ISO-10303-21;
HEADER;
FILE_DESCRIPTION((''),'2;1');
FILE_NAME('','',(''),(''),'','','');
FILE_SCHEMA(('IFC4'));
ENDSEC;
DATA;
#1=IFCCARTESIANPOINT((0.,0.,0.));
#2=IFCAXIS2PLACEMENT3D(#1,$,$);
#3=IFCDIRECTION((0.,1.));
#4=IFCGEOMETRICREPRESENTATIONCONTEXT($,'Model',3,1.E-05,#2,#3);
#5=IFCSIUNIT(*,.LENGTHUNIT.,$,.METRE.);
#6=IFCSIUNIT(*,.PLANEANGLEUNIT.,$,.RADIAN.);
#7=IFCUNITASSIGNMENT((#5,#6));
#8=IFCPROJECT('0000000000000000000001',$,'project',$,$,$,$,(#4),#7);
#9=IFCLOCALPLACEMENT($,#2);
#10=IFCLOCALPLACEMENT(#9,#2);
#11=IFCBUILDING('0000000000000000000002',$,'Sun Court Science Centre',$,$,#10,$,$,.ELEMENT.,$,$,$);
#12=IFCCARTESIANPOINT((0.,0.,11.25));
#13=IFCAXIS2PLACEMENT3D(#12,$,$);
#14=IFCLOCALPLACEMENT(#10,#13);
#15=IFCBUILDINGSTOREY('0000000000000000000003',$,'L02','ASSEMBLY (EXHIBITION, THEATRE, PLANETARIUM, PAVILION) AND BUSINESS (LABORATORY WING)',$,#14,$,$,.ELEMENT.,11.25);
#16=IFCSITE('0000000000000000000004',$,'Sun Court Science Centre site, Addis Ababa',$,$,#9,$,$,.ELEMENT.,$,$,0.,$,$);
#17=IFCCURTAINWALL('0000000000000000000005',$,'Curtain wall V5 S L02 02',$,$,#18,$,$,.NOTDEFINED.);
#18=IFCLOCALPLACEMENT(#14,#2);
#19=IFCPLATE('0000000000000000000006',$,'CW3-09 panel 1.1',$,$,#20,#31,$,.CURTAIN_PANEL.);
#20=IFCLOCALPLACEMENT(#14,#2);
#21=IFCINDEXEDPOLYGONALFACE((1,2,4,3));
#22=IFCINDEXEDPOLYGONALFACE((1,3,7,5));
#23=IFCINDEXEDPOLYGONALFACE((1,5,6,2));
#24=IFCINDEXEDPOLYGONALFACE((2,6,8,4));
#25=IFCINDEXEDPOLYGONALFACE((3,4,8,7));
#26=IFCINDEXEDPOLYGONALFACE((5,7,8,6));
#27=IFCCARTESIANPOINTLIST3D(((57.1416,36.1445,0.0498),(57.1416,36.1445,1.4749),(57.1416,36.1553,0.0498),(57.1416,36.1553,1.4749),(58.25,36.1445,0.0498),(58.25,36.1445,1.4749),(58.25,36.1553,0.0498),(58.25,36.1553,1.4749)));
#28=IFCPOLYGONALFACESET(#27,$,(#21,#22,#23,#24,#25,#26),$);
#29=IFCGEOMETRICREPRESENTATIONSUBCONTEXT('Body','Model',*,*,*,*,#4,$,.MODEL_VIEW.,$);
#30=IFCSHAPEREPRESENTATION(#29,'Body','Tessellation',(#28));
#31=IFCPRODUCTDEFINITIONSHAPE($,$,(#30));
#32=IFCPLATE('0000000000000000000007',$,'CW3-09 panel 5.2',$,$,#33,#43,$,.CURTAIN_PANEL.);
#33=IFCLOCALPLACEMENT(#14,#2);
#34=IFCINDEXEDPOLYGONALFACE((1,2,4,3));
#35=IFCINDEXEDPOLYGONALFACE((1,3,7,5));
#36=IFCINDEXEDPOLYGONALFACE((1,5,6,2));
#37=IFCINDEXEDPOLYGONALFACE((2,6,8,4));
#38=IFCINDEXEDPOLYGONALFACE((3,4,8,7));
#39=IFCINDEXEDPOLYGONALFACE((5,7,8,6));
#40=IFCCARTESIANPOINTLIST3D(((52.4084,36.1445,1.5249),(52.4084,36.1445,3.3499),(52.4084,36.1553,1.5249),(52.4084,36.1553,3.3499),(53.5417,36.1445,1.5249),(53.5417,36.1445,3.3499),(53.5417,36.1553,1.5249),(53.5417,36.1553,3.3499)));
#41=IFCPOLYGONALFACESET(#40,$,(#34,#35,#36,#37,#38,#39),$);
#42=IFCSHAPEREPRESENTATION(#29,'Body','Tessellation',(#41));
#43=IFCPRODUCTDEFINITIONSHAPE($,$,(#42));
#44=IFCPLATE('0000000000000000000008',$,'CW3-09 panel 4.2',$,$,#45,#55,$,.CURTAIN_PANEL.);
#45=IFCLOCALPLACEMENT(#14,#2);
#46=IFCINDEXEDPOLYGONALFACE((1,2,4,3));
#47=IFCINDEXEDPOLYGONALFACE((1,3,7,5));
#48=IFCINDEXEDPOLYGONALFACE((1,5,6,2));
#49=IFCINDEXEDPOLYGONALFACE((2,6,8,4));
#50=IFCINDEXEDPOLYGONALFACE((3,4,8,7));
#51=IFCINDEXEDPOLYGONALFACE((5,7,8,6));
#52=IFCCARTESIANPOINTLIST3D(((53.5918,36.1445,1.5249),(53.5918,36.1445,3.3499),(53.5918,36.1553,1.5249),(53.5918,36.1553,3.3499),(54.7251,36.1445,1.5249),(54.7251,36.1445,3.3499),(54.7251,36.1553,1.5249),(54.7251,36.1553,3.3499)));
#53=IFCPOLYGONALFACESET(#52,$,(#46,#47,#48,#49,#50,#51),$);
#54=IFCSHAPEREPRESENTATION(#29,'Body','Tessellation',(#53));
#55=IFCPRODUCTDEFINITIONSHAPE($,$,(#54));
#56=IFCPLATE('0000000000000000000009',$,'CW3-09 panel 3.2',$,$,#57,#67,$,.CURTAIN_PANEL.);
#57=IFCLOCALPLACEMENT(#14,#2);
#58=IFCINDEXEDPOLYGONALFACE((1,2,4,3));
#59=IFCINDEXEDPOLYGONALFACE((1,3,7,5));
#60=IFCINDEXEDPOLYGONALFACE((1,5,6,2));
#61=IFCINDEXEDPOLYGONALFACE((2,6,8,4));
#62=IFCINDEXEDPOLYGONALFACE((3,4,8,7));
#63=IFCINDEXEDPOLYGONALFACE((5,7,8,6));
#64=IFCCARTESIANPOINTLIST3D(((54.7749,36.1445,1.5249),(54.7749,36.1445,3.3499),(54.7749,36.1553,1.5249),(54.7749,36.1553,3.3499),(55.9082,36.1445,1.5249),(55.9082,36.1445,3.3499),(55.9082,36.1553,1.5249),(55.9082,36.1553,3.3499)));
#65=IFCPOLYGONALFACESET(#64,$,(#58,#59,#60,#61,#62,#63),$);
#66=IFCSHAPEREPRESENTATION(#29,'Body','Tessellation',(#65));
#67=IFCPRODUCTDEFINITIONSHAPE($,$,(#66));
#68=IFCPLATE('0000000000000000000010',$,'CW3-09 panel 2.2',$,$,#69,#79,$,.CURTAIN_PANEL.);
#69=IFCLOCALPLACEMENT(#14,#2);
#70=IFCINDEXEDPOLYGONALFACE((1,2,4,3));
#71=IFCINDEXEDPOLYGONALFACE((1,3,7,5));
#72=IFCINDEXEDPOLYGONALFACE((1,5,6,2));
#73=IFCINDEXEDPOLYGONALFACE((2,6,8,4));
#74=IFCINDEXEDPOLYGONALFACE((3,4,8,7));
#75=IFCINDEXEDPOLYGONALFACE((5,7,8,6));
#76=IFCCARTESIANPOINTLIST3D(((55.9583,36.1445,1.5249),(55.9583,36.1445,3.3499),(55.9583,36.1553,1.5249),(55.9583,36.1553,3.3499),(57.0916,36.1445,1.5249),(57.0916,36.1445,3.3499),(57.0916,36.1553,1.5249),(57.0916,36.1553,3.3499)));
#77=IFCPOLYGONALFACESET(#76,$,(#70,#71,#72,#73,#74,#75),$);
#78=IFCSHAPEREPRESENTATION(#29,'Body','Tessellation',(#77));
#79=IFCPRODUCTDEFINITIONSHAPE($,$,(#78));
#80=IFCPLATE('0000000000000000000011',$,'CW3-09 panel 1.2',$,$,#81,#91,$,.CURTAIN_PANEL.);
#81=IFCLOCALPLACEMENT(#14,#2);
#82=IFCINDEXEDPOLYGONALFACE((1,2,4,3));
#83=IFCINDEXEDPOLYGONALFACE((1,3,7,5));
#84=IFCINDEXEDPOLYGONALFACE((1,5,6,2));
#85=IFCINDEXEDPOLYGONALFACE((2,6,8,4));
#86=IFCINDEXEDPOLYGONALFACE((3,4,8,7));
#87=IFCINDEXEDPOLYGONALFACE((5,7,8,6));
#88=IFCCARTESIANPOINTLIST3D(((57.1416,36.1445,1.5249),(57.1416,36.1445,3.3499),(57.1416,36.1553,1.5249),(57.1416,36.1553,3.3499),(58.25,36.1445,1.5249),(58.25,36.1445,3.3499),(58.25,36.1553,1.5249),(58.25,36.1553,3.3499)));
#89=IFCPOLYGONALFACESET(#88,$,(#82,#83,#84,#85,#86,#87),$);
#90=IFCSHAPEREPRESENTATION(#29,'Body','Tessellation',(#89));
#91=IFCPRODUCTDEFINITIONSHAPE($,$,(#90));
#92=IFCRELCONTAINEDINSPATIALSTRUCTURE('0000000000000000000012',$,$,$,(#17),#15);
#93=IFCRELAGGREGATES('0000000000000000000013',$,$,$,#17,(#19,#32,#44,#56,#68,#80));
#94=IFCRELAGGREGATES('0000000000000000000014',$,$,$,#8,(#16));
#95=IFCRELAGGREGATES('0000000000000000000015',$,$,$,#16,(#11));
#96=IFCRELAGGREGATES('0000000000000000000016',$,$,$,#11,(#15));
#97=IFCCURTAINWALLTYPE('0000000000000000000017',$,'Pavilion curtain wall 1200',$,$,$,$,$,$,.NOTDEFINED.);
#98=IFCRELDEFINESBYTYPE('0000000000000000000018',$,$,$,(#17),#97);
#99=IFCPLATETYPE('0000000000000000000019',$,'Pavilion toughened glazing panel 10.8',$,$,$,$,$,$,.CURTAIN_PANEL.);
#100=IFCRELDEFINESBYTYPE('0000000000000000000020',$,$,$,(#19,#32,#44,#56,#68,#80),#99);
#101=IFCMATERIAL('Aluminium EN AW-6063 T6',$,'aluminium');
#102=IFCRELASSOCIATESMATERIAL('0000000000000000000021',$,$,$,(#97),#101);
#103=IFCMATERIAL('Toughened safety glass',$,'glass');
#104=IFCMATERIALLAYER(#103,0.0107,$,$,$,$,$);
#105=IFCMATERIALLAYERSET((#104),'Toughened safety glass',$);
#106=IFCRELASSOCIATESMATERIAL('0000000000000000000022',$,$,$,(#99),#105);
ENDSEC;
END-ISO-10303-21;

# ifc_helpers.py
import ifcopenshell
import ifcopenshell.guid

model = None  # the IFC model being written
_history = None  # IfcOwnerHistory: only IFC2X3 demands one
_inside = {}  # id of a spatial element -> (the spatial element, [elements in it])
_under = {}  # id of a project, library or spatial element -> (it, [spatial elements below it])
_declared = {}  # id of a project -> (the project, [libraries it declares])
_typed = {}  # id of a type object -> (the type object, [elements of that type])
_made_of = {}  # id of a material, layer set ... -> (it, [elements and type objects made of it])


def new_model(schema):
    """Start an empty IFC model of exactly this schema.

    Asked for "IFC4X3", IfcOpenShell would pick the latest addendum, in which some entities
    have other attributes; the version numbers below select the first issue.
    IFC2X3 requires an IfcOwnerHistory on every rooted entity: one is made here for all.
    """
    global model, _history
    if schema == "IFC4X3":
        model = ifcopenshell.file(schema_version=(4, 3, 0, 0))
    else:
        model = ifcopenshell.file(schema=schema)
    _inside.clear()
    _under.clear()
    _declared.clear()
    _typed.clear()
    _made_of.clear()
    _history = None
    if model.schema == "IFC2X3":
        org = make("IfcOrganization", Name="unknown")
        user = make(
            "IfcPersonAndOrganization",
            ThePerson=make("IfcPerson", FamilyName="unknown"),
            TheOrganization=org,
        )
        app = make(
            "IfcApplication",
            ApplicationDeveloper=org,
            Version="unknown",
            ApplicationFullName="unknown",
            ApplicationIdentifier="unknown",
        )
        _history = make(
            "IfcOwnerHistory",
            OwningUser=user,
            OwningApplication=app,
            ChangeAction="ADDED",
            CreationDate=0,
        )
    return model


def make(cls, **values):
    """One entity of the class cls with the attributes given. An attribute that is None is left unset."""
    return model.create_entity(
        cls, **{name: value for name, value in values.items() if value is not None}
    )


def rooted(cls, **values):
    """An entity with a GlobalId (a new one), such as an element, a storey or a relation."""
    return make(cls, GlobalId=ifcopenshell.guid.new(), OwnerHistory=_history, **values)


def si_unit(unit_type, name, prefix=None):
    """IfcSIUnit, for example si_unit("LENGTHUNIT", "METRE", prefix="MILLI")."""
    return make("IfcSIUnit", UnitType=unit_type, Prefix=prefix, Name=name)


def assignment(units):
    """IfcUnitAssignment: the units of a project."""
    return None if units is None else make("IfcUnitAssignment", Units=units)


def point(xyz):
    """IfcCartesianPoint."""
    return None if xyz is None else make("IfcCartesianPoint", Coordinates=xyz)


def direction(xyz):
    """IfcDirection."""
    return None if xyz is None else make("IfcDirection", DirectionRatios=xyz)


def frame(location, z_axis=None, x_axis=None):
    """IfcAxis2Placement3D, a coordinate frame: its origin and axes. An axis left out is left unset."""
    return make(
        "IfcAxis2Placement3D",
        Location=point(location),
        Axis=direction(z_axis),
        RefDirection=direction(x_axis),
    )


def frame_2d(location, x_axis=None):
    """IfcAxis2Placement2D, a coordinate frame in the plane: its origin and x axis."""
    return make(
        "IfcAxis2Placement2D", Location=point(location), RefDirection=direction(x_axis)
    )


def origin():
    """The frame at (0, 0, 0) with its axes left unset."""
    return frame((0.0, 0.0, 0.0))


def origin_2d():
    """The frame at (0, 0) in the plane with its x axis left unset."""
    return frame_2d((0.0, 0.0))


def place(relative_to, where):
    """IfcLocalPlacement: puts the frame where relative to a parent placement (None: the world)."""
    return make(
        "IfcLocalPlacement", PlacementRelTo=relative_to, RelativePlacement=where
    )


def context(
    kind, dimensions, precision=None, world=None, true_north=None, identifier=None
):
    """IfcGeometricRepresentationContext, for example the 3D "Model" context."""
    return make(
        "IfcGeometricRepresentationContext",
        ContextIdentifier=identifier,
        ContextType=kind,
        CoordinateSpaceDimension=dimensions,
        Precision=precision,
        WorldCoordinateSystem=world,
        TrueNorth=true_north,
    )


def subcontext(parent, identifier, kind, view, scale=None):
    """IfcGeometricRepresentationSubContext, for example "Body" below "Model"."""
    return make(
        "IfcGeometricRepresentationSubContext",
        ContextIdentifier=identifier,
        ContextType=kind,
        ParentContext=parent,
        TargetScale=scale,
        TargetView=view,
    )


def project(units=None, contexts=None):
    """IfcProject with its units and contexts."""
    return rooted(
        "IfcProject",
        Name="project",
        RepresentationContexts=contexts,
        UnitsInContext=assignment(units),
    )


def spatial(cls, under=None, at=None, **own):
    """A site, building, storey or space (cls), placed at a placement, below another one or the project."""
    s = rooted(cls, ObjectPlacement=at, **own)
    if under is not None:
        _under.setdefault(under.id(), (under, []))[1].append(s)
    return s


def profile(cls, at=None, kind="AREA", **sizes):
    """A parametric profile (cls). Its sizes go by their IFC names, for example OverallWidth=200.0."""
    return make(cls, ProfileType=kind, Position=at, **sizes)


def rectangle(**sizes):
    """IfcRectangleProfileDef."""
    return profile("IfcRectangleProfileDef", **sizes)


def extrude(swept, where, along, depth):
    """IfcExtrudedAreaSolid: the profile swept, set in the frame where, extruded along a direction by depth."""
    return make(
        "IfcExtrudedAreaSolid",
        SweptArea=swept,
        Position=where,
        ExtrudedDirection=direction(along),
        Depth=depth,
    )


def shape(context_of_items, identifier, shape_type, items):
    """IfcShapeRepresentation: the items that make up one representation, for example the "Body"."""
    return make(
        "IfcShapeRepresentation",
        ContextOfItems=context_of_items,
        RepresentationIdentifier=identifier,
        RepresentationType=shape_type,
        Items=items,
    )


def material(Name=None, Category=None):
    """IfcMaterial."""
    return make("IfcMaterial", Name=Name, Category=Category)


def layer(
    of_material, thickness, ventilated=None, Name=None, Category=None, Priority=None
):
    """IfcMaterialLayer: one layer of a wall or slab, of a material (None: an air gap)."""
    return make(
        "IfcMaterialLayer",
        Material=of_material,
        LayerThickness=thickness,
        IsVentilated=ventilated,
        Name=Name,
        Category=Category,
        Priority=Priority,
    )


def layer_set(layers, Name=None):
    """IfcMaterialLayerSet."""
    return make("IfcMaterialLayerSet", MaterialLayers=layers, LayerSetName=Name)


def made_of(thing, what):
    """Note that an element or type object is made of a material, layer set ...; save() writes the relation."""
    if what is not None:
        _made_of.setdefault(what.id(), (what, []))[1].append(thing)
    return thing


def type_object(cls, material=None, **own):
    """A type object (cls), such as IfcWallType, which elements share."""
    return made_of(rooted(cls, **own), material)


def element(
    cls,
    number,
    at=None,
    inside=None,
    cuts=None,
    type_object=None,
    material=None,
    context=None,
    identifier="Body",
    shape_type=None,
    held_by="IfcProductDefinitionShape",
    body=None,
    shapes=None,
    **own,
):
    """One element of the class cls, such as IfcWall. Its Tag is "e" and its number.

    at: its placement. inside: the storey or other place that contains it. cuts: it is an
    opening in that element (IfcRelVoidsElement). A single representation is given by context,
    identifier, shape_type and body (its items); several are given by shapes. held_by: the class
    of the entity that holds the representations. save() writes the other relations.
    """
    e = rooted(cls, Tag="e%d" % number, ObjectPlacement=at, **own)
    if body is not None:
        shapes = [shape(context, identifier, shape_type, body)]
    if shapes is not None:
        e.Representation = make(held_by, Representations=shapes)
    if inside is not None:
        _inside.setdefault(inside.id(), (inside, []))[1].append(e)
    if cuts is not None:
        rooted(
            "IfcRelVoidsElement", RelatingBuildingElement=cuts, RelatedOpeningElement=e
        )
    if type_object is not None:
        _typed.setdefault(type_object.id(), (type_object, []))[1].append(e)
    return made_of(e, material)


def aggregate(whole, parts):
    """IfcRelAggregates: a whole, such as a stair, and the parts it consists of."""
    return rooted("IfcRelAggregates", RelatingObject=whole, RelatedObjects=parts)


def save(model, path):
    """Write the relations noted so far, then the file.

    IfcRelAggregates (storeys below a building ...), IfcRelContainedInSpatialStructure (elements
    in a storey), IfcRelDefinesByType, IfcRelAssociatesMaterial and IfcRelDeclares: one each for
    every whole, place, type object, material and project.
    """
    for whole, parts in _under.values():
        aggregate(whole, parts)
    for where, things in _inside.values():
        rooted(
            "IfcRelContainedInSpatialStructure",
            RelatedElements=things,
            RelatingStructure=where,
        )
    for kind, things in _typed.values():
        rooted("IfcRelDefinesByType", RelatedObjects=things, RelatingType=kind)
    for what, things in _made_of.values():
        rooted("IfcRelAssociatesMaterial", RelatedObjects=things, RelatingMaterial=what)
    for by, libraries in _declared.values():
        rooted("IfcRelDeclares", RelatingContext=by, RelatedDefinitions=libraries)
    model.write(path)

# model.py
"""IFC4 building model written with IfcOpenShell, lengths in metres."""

from ifc_helpers import new_model, si_unit, direction, frame, origin, origin_2d, place, context, subcontext, project, spatial, rectangle, extrude, material, layer, layer_set, type_object, element, aggregate, save


model = new_model("IFC4")

# Units and contexts
model_context = context("Model", 3, precision=1e-05, world=origin(), true_north=direction((0.0, 1.0)))
body_context = subcontext(model_context, "Body", "Model", "MODEL_VIEW")
ifc_project = project(units=[si_unit("LENGTHUNIT", "METRE"), si_unit("PLANEANGLEUNIT", "RADIAN")], contexts=[model_context])

# Site, building, storey
site_placement = place(None, origin())
site = spatial("IfcSite", under=ifc_project, at=site_placement, Name="Sun Court Science Centre site, Addis Ababa", CompositionType="ELEMENT", RefElevation=0.0)
building_placement = place(site_placement, origin())
building = spatial("IfcBuilding", under=site, at=building_placement, Name="Sun Court Science Centre", CompositionType="ELEMENT")
storey_placement = place(building_placement, frame((0.0, 0.0, 11.25)))
storey = spatial("IfcBuildingStorey", under=building, at=storey_placement, Name="L02", Description="ASSEMBLY (EXHIBITION, THEATRE, PLANETARIUM, PAVILION) AND BUSINESS (LABORATORY WING)", CompositionType="ELEMENT", Elevation=11.25)

# Curtain wall, plates
ifc_material_1 = material(Name="Aluminium EN AW-6063 T6", Category="aluminium")
curtain_wall_type = type_object("IfcCurtainWallType", Name="Pavilion curtain wall 1200", PredefinedType="NOTDEFINED", material=ifc_material_1)
curtain_wall_placement = place(storey_placement, origin())
curtain_wall = element("IfcCurtainWall", 1, at=curtain_wall_placement, inside=storey, type_object=curtain_wall_type, Name="Curtain wall V5 S L02 02", PredefinedType="NOTDEFINED")
ifc_material_2 = material(Name="Toughened safety glass", Category="glass")
ifc_layer = layer(ifc_material_2, 0.0107)
ifc_layer_set = layer_set([ifc_layer], Name="Toughened safety glass")
plate_type = type_object("IfcPlateType", Name="Pavilion toughened glazing panel 10.8", PredefinedType="CURTAIN_PANEL", material=ifc_layer_set)
plate_1_placement = place(storey_placement, frame((57.6958, 36.1499, 0.0498), z_axis=(0.0, 0.0, 1.0), x_axis=(-1.0, 0.0, 0.0)))
plate_1 = element("IfcPlate", 2, at=plate_1_placement, type_object=plate_type, Name="CW3-09 panel 1.1", PredefinedType="CURTAIN_PANEL", context=body_context, shape_type="SweptSolid", body=[
    extrude(rectangle(XDim=1.1084, YDim=0.0107, at=origin_2d()), origin(), (0.0, 0.0, 1.0), 1.425),
])
plate_2_placement = place(storey_placement, frame((52.9751, 36.1499, 1.5249), z_axis=(0.0, 0.0, 1.0), x_axis=(-1.0, 0.0, 0.0)))
plate_2 = element("IfcPlate", 3, at=plate_2_placement, type_object=plate_type, Name="CW3-09 panel 5.2", PredefinedType="CURTAIN_PANEL", context=body_context, shape_type="SweptSolid", body=[
    extrude(rectangle(XDim=1.1333, YDim=0.0107, at=origin_2d()), origin(), (0.0, 0.0, 1.0), 1.825),
])
plate_3_placement = place(storey_placement, frame((54.1584, 36.1499, 1.5249), z_axis=(0.0, 0.0, 1.0), x_axis=(-1.0, 0.0, 0.0)))
plate_3 = element("IfcPlate", 4, at=plate_3_placement, type_object=plate_type, Name="CW3-09 panel 4.2", PredefinedType="CURTAIN_PANEL", context=body_context, shape_type="SweptSolid", body=[
    extrude(rectangle(XDim=1.1333, YDim=0.0107, at=origin_2d()), origin(), (0.0, 0.0, 1.0), 1.825),
])
plate_4_placement = place(storey_placement, frame((55.3416, 36.1499, 1.5249), z_axis=(0.0, 0.0, 1.0), x_axis=(-1.0, 0.0, 0.0)))
plate_4 = element("IfcPlate", 5, at=plate_4_placement, type_object=plate_type, Name="CW3-09 panel 3.2", PredefinedType="CURTAIN_PANEL", context=body_context, shape_type="SweptSolid", body=[
    extrude(rectangle(XDim=1.1333, YDim=0.0107, at=origin_2d()), origin(), (0.0, 0.0, 1.0), 1.825),
])
plate_5_placement = place(storey_placement, frame((56.5249, 36.1499, 1.5249), z_axis=(0.0, 0.0, 1.0), x_axis=(-1.0, 0.0, 0.0)))
plate_5 = element("IfcPlate", 6, at=plate_5_placement, type_object=plate_type, Name="CW3-09 panel 2.2", PredefinedType="CURTAIN_PANEL", context=body_context, shape_type="SweptSolid", body=[
    extrude(rectangle(XDim=1.1333, YDim=0.0107, at=origin_2d()), origin(), (0.0, 0.0, 1.0), 1.825),
])
plate_6_placement = place(storey_placement, frame((57.6958, 36.1499, 1.5249), z_axis=(0.0, 0.0, 1.0), x_axis=(-1.0, 0.0, 0.0)))
plate_6 = element("IfcPlate", 7, at=plate_6_placement, type_object=plate_type, Name="CW3-09 panel 1.2", PredefinedType="CURTAIN_PANEL", context=body_context, shape_type="SweptSolid", body=[
    extrude(rectangle(XDim=1.1084, YDim=0.0107, at=origin_2d()), origin(), (0.0, 0.0, 1.0), 1.825),
])
aggregate(curtain_wall, [plate_1, plate_2, plate_3, plate_4, plate_5, plate_6])

save(model, "model.ifc")
